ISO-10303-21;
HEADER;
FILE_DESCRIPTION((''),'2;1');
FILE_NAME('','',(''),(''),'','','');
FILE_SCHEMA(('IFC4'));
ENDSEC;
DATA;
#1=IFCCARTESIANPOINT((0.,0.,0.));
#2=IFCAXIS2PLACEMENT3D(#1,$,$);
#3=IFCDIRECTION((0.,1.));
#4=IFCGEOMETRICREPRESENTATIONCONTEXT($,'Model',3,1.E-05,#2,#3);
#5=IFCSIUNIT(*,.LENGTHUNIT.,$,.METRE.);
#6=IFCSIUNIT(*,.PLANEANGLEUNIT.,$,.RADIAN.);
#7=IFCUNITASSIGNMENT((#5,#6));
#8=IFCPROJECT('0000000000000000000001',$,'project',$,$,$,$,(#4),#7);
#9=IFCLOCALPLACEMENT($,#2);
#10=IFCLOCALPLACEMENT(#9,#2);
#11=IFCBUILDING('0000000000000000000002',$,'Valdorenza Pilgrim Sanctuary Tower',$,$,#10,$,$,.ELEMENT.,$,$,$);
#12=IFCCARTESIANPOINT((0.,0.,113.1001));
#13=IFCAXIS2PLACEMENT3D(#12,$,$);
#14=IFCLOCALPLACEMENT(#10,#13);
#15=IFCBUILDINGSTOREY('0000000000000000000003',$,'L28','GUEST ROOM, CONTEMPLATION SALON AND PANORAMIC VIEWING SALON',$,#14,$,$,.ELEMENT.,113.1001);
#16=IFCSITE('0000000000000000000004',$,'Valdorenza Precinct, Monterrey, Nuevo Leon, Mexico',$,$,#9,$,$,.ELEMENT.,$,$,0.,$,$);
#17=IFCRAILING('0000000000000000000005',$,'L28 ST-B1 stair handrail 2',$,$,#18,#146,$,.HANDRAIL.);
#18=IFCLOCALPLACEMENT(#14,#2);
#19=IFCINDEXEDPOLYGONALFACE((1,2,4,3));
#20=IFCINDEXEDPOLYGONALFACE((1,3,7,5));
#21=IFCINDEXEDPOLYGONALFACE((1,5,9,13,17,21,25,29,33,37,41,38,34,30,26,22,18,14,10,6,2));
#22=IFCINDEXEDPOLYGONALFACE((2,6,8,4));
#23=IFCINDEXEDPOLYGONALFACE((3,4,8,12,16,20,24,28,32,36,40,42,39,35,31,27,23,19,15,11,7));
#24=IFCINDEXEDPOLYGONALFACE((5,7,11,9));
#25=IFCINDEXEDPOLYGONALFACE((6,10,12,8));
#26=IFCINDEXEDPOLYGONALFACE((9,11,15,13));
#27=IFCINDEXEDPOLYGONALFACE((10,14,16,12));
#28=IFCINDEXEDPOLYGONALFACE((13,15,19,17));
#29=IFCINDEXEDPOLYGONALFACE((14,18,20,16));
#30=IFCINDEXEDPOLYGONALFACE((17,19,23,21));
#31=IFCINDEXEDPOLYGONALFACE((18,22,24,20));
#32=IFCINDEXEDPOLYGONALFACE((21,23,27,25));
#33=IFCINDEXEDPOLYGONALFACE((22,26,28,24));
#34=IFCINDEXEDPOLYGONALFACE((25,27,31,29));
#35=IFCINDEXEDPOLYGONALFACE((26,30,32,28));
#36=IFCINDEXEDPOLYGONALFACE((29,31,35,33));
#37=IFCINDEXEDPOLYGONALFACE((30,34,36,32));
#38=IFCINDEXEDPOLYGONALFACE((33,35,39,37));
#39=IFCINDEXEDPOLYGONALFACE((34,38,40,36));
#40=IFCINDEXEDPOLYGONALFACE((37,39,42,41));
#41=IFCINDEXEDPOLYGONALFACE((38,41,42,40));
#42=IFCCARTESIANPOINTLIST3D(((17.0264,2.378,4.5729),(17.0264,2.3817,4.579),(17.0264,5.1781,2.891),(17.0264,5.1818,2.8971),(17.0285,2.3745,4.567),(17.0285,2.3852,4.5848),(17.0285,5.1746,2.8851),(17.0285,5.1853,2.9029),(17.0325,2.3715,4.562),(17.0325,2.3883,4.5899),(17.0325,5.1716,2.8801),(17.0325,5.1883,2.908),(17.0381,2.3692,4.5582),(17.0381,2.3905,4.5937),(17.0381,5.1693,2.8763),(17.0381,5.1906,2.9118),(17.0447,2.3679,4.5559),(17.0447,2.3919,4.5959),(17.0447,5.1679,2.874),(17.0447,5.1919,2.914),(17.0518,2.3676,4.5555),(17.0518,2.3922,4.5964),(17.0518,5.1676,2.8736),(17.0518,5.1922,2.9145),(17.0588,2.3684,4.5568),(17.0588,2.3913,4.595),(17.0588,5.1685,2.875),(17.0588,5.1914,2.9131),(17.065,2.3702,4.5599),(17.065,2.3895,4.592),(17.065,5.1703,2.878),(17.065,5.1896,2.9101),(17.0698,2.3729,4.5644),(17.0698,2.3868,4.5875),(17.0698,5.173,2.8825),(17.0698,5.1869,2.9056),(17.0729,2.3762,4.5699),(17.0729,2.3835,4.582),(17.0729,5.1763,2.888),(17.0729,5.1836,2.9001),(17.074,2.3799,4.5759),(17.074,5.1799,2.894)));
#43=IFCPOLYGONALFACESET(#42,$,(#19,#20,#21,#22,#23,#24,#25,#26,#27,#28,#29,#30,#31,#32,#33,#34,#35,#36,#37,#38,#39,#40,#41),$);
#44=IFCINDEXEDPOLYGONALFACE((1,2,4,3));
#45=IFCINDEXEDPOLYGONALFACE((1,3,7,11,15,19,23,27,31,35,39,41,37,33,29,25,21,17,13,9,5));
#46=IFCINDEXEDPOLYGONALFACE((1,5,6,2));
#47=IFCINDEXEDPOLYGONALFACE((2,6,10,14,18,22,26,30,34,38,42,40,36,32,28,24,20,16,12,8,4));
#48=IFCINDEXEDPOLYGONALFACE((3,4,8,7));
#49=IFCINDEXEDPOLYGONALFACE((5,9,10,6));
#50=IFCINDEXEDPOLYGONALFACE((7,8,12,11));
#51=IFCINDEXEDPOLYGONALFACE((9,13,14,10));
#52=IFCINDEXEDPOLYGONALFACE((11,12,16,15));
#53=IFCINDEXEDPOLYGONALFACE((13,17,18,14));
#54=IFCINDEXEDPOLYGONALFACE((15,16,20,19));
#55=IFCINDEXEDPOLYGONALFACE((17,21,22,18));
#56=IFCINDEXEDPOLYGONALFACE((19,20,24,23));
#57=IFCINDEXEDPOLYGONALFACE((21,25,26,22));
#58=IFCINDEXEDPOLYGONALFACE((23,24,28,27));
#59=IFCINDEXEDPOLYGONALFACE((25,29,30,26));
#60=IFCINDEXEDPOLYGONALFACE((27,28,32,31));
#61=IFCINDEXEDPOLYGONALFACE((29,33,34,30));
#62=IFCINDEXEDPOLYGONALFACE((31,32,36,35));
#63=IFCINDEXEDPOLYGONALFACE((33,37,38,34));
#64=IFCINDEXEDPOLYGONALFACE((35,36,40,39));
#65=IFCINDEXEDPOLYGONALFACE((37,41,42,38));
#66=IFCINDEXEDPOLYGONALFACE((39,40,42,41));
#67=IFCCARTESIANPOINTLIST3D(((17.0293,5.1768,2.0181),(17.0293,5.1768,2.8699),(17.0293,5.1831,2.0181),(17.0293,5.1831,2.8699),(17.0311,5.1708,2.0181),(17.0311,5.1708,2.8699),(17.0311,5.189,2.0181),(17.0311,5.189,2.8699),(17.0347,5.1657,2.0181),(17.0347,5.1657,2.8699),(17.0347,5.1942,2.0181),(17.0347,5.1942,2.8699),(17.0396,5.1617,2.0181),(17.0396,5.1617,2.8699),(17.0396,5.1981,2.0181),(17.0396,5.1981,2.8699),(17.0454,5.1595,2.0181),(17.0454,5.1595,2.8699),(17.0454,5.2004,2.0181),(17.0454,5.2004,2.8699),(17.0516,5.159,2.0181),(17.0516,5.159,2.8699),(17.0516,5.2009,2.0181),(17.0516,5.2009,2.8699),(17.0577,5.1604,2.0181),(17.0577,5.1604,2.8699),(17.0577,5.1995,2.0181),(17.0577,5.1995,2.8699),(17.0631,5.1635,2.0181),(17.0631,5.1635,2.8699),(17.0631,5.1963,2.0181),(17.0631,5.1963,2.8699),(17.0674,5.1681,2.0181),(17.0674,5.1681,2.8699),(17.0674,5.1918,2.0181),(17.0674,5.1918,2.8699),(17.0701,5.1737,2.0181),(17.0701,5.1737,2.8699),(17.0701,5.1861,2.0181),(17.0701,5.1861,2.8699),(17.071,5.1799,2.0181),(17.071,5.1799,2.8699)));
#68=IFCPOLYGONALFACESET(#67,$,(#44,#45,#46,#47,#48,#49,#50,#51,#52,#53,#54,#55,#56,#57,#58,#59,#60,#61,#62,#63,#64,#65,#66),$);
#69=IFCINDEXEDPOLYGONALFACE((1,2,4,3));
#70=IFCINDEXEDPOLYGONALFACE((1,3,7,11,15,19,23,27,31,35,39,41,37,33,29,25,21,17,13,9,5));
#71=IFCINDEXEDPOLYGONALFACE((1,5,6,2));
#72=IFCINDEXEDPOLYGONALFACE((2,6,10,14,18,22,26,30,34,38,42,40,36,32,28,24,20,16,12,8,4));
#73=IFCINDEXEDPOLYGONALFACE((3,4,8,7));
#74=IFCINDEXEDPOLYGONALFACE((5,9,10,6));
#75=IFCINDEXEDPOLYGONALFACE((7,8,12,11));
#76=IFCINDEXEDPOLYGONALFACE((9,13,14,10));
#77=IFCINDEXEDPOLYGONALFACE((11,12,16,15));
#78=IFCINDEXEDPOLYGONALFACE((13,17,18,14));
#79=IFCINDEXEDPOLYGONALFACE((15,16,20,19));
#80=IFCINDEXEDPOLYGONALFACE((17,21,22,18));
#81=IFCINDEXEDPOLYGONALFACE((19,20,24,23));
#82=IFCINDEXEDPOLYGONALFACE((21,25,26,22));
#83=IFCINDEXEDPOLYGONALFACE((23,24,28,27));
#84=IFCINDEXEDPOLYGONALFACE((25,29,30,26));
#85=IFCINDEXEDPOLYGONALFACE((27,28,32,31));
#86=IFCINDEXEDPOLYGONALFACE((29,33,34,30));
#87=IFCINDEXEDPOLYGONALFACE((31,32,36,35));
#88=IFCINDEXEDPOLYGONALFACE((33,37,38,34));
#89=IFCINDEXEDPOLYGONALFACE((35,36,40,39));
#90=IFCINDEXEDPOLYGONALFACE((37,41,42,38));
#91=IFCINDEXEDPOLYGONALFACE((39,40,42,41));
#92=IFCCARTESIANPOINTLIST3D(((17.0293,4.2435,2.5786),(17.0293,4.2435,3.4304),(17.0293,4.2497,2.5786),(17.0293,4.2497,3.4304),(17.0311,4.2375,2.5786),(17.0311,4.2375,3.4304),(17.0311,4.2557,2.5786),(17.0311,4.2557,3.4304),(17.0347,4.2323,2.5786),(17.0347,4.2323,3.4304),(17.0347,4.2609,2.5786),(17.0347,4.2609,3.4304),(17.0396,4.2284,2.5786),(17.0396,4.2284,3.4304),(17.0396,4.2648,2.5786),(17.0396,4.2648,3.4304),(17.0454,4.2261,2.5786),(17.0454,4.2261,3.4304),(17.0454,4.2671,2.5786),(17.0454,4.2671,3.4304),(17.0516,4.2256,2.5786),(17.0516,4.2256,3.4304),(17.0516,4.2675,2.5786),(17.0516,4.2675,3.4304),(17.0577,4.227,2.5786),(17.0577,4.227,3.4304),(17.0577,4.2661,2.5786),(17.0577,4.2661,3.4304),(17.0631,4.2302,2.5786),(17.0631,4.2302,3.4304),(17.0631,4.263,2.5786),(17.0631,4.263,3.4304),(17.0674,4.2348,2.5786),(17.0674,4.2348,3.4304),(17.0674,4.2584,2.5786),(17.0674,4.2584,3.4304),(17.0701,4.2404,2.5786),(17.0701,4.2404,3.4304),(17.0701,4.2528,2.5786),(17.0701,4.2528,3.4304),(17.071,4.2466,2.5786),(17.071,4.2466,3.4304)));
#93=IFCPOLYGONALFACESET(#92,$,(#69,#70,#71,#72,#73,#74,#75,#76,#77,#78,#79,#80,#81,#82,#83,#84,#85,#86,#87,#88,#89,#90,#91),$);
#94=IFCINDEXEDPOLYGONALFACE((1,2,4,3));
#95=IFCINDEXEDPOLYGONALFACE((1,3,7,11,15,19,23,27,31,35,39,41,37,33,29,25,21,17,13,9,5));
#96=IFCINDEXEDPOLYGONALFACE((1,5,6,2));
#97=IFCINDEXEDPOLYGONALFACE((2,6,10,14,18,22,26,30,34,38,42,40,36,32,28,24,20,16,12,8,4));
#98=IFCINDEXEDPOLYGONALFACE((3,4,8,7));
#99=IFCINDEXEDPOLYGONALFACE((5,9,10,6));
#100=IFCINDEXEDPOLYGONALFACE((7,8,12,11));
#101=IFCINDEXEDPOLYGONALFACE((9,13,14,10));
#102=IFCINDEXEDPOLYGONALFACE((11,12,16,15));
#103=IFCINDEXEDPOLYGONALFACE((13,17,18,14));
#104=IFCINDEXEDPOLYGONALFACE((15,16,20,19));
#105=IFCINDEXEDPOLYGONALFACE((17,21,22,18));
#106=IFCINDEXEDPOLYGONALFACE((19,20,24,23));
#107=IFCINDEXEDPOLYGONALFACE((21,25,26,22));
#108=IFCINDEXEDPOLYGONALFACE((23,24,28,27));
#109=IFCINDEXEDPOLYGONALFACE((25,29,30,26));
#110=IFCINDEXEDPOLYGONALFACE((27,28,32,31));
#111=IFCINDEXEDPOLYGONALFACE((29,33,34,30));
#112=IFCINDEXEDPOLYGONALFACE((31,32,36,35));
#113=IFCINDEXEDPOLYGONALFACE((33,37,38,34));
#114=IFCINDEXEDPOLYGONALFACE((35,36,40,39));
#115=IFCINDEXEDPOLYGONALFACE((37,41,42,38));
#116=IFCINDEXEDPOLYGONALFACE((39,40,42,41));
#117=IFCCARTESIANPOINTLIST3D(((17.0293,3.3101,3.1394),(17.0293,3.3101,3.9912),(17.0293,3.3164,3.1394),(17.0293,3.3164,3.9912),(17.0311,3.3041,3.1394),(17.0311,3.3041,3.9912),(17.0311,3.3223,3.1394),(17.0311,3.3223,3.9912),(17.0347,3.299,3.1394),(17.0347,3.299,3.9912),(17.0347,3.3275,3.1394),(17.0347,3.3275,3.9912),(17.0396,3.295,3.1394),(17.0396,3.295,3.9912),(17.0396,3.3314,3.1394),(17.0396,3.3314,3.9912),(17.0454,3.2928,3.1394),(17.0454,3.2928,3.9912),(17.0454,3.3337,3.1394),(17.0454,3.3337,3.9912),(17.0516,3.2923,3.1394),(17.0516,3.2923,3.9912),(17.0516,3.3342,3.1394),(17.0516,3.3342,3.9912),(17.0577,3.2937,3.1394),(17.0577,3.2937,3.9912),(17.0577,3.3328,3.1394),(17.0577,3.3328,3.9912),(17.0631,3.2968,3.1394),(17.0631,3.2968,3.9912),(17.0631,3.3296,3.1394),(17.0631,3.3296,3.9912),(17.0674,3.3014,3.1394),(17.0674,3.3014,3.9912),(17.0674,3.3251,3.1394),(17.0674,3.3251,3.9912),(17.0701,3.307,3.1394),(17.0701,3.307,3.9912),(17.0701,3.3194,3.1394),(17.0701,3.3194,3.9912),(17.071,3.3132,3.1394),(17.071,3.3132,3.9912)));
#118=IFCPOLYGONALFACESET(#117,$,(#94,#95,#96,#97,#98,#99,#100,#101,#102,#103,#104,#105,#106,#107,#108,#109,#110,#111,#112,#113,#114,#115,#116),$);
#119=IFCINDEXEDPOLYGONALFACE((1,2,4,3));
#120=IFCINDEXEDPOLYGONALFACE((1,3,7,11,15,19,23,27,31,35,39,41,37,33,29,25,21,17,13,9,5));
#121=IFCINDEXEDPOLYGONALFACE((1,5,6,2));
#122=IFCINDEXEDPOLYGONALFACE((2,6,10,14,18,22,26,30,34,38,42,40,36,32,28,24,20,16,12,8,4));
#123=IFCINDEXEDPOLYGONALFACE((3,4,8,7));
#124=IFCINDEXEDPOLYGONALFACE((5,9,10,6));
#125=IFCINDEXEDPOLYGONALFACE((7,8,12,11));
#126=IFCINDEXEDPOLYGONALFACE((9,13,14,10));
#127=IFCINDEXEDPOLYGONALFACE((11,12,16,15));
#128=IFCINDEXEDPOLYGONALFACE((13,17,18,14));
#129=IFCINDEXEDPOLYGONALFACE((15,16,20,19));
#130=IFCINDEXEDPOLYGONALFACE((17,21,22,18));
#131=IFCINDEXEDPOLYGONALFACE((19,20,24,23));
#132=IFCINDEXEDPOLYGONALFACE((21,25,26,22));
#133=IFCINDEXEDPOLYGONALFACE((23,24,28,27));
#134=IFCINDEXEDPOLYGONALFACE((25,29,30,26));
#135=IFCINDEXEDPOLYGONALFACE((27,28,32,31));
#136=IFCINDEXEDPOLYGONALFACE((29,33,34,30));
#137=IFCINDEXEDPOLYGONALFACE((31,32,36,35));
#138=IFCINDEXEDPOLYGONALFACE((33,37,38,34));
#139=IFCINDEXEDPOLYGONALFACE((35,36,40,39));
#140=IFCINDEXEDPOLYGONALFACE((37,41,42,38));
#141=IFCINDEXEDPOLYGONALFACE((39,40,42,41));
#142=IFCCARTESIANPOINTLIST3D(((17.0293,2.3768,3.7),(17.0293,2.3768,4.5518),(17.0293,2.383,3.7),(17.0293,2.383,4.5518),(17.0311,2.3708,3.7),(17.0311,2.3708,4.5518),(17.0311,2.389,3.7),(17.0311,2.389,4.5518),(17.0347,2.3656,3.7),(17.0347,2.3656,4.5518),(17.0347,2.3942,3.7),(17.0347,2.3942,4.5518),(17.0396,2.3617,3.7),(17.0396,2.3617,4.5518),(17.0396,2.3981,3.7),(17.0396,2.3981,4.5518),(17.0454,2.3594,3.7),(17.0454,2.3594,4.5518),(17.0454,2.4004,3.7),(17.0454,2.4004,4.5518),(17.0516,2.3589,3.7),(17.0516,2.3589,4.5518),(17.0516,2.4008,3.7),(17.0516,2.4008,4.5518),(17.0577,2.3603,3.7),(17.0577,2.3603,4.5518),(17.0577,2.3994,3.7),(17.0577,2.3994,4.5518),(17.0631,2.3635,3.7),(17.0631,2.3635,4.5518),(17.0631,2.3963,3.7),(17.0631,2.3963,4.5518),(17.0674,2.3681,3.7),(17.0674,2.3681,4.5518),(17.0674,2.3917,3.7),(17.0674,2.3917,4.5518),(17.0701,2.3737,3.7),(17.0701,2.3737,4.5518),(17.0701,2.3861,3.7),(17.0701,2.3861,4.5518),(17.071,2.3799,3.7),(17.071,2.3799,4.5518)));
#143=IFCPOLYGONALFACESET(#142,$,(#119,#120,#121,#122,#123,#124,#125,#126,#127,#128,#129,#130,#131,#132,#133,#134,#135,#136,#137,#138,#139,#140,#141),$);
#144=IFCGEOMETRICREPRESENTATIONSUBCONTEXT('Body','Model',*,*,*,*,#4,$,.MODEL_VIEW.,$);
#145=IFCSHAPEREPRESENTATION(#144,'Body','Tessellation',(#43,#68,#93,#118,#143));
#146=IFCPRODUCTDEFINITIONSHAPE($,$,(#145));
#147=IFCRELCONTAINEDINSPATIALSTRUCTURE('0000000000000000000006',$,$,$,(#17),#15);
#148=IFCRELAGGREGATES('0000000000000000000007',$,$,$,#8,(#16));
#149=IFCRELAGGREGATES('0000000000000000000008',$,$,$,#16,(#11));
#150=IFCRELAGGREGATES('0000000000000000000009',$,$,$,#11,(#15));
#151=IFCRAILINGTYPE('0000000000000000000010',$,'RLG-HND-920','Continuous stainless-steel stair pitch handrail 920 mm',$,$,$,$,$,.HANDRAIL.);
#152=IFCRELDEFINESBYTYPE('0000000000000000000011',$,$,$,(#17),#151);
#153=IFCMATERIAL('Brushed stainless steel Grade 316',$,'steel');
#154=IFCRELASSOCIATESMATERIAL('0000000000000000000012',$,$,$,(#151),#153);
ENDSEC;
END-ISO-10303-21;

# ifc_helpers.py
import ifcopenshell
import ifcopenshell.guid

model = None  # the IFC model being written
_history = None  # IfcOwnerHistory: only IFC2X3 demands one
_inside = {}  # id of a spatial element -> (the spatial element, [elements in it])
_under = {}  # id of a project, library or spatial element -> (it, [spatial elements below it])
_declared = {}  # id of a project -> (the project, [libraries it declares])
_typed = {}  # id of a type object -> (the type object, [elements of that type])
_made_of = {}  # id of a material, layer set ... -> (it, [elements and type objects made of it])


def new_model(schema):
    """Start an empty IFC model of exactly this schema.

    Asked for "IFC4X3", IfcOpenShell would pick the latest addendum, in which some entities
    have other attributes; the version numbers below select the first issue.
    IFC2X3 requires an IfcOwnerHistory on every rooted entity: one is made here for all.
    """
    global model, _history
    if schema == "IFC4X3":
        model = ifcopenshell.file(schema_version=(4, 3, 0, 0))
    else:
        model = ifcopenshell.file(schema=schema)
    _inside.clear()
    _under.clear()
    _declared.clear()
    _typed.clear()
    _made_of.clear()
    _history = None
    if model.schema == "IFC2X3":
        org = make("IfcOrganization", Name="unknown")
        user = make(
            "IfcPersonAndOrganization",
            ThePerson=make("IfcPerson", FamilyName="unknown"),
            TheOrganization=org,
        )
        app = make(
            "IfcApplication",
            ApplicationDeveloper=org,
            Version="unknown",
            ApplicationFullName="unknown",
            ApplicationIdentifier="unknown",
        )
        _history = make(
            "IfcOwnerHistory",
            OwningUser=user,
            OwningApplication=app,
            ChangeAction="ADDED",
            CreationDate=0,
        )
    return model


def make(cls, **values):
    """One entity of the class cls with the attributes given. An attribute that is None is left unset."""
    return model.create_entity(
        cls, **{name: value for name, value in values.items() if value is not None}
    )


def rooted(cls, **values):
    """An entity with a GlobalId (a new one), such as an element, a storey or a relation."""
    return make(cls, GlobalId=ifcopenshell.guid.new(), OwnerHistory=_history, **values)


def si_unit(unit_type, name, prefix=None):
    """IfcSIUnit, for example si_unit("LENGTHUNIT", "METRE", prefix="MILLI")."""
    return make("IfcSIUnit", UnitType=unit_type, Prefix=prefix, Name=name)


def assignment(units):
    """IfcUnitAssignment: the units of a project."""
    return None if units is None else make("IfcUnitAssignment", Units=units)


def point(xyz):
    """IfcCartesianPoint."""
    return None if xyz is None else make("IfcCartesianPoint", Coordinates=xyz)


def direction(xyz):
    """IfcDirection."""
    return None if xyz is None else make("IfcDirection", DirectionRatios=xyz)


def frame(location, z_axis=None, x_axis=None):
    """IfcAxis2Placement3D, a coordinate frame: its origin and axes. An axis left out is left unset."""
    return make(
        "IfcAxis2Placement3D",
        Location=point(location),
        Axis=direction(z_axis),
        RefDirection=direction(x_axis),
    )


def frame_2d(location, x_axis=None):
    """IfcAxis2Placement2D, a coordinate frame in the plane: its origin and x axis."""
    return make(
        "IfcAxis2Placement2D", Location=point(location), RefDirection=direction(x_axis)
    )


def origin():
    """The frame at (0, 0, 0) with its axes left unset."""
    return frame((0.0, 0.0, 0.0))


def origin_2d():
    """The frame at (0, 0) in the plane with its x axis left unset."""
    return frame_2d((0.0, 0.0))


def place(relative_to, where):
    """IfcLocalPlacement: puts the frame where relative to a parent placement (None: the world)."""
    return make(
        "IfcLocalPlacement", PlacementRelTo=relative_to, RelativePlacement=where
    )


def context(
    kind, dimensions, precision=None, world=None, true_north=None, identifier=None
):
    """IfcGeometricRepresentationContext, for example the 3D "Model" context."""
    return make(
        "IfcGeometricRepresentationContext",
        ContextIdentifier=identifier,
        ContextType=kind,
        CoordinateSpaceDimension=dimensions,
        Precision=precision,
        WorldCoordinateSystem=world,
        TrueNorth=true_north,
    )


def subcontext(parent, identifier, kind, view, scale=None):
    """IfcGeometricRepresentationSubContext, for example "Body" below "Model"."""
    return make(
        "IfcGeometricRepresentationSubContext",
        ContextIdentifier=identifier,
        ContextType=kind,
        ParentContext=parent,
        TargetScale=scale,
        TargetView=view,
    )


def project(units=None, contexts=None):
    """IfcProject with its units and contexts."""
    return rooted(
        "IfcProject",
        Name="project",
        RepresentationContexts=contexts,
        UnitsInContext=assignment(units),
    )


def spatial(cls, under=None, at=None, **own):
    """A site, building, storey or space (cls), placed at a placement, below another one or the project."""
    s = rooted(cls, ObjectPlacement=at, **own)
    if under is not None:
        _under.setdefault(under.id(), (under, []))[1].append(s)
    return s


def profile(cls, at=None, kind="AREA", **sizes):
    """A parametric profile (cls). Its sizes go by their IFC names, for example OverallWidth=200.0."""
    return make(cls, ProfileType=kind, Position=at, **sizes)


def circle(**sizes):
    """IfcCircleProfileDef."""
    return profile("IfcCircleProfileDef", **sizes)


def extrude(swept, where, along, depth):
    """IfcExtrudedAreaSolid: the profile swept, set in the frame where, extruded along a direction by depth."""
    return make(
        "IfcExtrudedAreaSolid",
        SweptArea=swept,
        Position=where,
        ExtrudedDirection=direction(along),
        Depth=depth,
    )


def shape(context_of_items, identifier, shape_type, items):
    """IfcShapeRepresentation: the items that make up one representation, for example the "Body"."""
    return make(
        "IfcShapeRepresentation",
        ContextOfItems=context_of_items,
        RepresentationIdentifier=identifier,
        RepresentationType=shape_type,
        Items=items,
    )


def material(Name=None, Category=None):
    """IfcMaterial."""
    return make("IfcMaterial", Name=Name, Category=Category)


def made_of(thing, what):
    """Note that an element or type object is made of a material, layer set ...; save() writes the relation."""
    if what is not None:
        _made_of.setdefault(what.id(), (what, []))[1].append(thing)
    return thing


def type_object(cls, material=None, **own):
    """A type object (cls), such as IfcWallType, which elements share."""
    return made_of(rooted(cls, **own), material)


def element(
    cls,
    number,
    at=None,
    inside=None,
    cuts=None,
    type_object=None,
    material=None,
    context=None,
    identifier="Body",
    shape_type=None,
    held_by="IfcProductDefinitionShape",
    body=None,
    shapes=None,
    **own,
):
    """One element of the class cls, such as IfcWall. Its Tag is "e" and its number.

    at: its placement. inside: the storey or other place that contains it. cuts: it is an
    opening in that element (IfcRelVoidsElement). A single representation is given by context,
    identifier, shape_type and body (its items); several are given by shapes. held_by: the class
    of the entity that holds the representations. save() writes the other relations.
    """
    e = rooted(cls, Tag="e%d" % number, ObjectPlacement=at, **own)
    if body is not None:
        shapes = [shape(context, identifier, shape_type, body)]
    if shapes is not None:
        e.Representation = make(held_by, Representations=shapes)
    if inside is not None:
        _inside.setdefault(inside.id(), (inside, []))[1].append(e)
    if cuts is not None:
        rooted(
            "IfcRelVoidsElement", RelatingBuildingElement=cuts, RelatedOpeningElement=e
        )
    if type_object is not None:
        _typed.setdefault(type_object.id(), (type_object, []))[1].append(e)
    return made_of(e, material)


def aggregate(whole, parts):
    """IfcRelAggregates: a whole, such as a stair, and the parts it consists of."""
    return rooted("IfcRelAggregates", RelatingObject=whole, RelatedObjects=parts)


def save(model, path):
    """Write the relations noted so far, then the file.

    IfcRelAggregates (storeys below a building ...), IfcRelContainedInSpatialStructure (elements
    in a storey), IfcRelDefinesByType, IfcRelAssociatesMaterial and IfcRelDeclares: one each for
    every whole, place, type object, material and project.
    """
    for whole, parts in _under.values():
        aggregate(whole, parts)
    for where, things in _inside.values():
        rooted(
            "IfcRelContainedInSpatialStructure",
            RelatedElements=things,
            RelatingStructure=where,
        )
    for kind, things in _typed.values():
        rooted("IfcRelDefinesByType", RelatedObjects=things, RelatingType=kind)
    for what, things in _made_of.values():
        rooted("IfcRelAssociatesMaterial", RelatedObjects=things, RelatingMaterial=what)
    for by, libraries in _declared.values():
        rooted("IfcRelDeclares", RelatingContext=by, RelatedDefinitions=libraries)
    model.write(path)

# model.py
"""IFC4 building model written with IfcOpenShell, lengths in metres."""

from ifc_helpers import new_model, si_unit, direction, frame, origin, origin_2d, place, context, subcontext, project, spatial, circle, extrude, material, type_object, element, save


model = new_model("IFC4")

# Units and contexts
model_context = context("Model", 3, precision=1e-05, world=origin(), true_north=direction((0.0, 1.0)))
body_context = subcontext(model_context, "Body", "Model", "MODEL_VIEW")
ifc_project = project(units=[si_unit("LENGTHUNIT", "METRE"), si_unit("PLANEANGLEUNIT", "RADIAN")], contexts=[model_context])

# Site, building, storey
site_placement = place(None, origin())
site = spatial("IfcSite", under=ifc_project, at=site_placement, Name="Valdorenza Precinct, Monterrey, Nuevo Leon, Mexico", CompositionType="ELEMENT", RefElevation=0.0)
building_placement = place(site_placement, origin())
building = spatial("IfcBuilding", under=site, at=building_placement, Name="Valdorenza Pilgrim Sanctuary Tower", CompositionType="ELEMENT")
storey_placement = place(building_placement, frame((0.0, 0.0, 113.1001)))
storey = spatial("IfcBuildingStorey", under=building, at=storey_placement, Name="L28", Description="GUEST ROOM, CONTEMPLATION SALON AND PANORAMIC VIEWING SALON", CompositionType="ELEMENT", Elevation=113.1001)

# Shared definitions
ifc_material_1 = material(Name="Brushed stainless steel Grade 316", Category="steel")

# Railing
railing_type_1 = type_object("IfcRailingType", Name="RLG-HND-920", Description="Continuous stainless-steel stair pitch handrail 920 mm", PredefinedType="HANDRAIL", material=ifc_material_1)
railing_1_placement = place(storey_placement, frame((17.05, 5.1799, 2.0181)))
element("IfcRailing", 1, at=railing_1_placement, inside=storey, type_object=railing_type_1, Name="L28 ST-B1 stair handrail 2", PredefinedType="HANDRAIL", context=body_context, shape_type="SweptSolid", body=[
    extrude(circle(Radius=0.0239, at=origin_2d()), frame((0.0, 0.0, 0.876), z_axis=(0.0, -0.857242, 0.514913), x_axis=(1.0, 0.0, 0.0)), (0.0, 0.0, 1.0), 3.2664),
    extrude(circle(Radius=0.021, at=origin_2d()), origin(), (0.0, 0.0, 1.0), 0.8518),
    extrude(circle(Radius=0.021, at=origin_2d()), frame((0.0, -0.9333, 0.5605)), (0.0, 0.0, 1.0), 0.8518),
    extrude(circle(Radius=0.021, at=origin_2d()), frame((0.0, -1.8667, 1.1213)), (0.0, 0.0, 1.0), 0.8518),
    extrude(circle(Radius=0.021, at=origin_2d()), frame((0.0, -2.8, 1.6819)), (0.0, 0.0, 1.0), 0.8518),
])

save(model, "model.ifc")
